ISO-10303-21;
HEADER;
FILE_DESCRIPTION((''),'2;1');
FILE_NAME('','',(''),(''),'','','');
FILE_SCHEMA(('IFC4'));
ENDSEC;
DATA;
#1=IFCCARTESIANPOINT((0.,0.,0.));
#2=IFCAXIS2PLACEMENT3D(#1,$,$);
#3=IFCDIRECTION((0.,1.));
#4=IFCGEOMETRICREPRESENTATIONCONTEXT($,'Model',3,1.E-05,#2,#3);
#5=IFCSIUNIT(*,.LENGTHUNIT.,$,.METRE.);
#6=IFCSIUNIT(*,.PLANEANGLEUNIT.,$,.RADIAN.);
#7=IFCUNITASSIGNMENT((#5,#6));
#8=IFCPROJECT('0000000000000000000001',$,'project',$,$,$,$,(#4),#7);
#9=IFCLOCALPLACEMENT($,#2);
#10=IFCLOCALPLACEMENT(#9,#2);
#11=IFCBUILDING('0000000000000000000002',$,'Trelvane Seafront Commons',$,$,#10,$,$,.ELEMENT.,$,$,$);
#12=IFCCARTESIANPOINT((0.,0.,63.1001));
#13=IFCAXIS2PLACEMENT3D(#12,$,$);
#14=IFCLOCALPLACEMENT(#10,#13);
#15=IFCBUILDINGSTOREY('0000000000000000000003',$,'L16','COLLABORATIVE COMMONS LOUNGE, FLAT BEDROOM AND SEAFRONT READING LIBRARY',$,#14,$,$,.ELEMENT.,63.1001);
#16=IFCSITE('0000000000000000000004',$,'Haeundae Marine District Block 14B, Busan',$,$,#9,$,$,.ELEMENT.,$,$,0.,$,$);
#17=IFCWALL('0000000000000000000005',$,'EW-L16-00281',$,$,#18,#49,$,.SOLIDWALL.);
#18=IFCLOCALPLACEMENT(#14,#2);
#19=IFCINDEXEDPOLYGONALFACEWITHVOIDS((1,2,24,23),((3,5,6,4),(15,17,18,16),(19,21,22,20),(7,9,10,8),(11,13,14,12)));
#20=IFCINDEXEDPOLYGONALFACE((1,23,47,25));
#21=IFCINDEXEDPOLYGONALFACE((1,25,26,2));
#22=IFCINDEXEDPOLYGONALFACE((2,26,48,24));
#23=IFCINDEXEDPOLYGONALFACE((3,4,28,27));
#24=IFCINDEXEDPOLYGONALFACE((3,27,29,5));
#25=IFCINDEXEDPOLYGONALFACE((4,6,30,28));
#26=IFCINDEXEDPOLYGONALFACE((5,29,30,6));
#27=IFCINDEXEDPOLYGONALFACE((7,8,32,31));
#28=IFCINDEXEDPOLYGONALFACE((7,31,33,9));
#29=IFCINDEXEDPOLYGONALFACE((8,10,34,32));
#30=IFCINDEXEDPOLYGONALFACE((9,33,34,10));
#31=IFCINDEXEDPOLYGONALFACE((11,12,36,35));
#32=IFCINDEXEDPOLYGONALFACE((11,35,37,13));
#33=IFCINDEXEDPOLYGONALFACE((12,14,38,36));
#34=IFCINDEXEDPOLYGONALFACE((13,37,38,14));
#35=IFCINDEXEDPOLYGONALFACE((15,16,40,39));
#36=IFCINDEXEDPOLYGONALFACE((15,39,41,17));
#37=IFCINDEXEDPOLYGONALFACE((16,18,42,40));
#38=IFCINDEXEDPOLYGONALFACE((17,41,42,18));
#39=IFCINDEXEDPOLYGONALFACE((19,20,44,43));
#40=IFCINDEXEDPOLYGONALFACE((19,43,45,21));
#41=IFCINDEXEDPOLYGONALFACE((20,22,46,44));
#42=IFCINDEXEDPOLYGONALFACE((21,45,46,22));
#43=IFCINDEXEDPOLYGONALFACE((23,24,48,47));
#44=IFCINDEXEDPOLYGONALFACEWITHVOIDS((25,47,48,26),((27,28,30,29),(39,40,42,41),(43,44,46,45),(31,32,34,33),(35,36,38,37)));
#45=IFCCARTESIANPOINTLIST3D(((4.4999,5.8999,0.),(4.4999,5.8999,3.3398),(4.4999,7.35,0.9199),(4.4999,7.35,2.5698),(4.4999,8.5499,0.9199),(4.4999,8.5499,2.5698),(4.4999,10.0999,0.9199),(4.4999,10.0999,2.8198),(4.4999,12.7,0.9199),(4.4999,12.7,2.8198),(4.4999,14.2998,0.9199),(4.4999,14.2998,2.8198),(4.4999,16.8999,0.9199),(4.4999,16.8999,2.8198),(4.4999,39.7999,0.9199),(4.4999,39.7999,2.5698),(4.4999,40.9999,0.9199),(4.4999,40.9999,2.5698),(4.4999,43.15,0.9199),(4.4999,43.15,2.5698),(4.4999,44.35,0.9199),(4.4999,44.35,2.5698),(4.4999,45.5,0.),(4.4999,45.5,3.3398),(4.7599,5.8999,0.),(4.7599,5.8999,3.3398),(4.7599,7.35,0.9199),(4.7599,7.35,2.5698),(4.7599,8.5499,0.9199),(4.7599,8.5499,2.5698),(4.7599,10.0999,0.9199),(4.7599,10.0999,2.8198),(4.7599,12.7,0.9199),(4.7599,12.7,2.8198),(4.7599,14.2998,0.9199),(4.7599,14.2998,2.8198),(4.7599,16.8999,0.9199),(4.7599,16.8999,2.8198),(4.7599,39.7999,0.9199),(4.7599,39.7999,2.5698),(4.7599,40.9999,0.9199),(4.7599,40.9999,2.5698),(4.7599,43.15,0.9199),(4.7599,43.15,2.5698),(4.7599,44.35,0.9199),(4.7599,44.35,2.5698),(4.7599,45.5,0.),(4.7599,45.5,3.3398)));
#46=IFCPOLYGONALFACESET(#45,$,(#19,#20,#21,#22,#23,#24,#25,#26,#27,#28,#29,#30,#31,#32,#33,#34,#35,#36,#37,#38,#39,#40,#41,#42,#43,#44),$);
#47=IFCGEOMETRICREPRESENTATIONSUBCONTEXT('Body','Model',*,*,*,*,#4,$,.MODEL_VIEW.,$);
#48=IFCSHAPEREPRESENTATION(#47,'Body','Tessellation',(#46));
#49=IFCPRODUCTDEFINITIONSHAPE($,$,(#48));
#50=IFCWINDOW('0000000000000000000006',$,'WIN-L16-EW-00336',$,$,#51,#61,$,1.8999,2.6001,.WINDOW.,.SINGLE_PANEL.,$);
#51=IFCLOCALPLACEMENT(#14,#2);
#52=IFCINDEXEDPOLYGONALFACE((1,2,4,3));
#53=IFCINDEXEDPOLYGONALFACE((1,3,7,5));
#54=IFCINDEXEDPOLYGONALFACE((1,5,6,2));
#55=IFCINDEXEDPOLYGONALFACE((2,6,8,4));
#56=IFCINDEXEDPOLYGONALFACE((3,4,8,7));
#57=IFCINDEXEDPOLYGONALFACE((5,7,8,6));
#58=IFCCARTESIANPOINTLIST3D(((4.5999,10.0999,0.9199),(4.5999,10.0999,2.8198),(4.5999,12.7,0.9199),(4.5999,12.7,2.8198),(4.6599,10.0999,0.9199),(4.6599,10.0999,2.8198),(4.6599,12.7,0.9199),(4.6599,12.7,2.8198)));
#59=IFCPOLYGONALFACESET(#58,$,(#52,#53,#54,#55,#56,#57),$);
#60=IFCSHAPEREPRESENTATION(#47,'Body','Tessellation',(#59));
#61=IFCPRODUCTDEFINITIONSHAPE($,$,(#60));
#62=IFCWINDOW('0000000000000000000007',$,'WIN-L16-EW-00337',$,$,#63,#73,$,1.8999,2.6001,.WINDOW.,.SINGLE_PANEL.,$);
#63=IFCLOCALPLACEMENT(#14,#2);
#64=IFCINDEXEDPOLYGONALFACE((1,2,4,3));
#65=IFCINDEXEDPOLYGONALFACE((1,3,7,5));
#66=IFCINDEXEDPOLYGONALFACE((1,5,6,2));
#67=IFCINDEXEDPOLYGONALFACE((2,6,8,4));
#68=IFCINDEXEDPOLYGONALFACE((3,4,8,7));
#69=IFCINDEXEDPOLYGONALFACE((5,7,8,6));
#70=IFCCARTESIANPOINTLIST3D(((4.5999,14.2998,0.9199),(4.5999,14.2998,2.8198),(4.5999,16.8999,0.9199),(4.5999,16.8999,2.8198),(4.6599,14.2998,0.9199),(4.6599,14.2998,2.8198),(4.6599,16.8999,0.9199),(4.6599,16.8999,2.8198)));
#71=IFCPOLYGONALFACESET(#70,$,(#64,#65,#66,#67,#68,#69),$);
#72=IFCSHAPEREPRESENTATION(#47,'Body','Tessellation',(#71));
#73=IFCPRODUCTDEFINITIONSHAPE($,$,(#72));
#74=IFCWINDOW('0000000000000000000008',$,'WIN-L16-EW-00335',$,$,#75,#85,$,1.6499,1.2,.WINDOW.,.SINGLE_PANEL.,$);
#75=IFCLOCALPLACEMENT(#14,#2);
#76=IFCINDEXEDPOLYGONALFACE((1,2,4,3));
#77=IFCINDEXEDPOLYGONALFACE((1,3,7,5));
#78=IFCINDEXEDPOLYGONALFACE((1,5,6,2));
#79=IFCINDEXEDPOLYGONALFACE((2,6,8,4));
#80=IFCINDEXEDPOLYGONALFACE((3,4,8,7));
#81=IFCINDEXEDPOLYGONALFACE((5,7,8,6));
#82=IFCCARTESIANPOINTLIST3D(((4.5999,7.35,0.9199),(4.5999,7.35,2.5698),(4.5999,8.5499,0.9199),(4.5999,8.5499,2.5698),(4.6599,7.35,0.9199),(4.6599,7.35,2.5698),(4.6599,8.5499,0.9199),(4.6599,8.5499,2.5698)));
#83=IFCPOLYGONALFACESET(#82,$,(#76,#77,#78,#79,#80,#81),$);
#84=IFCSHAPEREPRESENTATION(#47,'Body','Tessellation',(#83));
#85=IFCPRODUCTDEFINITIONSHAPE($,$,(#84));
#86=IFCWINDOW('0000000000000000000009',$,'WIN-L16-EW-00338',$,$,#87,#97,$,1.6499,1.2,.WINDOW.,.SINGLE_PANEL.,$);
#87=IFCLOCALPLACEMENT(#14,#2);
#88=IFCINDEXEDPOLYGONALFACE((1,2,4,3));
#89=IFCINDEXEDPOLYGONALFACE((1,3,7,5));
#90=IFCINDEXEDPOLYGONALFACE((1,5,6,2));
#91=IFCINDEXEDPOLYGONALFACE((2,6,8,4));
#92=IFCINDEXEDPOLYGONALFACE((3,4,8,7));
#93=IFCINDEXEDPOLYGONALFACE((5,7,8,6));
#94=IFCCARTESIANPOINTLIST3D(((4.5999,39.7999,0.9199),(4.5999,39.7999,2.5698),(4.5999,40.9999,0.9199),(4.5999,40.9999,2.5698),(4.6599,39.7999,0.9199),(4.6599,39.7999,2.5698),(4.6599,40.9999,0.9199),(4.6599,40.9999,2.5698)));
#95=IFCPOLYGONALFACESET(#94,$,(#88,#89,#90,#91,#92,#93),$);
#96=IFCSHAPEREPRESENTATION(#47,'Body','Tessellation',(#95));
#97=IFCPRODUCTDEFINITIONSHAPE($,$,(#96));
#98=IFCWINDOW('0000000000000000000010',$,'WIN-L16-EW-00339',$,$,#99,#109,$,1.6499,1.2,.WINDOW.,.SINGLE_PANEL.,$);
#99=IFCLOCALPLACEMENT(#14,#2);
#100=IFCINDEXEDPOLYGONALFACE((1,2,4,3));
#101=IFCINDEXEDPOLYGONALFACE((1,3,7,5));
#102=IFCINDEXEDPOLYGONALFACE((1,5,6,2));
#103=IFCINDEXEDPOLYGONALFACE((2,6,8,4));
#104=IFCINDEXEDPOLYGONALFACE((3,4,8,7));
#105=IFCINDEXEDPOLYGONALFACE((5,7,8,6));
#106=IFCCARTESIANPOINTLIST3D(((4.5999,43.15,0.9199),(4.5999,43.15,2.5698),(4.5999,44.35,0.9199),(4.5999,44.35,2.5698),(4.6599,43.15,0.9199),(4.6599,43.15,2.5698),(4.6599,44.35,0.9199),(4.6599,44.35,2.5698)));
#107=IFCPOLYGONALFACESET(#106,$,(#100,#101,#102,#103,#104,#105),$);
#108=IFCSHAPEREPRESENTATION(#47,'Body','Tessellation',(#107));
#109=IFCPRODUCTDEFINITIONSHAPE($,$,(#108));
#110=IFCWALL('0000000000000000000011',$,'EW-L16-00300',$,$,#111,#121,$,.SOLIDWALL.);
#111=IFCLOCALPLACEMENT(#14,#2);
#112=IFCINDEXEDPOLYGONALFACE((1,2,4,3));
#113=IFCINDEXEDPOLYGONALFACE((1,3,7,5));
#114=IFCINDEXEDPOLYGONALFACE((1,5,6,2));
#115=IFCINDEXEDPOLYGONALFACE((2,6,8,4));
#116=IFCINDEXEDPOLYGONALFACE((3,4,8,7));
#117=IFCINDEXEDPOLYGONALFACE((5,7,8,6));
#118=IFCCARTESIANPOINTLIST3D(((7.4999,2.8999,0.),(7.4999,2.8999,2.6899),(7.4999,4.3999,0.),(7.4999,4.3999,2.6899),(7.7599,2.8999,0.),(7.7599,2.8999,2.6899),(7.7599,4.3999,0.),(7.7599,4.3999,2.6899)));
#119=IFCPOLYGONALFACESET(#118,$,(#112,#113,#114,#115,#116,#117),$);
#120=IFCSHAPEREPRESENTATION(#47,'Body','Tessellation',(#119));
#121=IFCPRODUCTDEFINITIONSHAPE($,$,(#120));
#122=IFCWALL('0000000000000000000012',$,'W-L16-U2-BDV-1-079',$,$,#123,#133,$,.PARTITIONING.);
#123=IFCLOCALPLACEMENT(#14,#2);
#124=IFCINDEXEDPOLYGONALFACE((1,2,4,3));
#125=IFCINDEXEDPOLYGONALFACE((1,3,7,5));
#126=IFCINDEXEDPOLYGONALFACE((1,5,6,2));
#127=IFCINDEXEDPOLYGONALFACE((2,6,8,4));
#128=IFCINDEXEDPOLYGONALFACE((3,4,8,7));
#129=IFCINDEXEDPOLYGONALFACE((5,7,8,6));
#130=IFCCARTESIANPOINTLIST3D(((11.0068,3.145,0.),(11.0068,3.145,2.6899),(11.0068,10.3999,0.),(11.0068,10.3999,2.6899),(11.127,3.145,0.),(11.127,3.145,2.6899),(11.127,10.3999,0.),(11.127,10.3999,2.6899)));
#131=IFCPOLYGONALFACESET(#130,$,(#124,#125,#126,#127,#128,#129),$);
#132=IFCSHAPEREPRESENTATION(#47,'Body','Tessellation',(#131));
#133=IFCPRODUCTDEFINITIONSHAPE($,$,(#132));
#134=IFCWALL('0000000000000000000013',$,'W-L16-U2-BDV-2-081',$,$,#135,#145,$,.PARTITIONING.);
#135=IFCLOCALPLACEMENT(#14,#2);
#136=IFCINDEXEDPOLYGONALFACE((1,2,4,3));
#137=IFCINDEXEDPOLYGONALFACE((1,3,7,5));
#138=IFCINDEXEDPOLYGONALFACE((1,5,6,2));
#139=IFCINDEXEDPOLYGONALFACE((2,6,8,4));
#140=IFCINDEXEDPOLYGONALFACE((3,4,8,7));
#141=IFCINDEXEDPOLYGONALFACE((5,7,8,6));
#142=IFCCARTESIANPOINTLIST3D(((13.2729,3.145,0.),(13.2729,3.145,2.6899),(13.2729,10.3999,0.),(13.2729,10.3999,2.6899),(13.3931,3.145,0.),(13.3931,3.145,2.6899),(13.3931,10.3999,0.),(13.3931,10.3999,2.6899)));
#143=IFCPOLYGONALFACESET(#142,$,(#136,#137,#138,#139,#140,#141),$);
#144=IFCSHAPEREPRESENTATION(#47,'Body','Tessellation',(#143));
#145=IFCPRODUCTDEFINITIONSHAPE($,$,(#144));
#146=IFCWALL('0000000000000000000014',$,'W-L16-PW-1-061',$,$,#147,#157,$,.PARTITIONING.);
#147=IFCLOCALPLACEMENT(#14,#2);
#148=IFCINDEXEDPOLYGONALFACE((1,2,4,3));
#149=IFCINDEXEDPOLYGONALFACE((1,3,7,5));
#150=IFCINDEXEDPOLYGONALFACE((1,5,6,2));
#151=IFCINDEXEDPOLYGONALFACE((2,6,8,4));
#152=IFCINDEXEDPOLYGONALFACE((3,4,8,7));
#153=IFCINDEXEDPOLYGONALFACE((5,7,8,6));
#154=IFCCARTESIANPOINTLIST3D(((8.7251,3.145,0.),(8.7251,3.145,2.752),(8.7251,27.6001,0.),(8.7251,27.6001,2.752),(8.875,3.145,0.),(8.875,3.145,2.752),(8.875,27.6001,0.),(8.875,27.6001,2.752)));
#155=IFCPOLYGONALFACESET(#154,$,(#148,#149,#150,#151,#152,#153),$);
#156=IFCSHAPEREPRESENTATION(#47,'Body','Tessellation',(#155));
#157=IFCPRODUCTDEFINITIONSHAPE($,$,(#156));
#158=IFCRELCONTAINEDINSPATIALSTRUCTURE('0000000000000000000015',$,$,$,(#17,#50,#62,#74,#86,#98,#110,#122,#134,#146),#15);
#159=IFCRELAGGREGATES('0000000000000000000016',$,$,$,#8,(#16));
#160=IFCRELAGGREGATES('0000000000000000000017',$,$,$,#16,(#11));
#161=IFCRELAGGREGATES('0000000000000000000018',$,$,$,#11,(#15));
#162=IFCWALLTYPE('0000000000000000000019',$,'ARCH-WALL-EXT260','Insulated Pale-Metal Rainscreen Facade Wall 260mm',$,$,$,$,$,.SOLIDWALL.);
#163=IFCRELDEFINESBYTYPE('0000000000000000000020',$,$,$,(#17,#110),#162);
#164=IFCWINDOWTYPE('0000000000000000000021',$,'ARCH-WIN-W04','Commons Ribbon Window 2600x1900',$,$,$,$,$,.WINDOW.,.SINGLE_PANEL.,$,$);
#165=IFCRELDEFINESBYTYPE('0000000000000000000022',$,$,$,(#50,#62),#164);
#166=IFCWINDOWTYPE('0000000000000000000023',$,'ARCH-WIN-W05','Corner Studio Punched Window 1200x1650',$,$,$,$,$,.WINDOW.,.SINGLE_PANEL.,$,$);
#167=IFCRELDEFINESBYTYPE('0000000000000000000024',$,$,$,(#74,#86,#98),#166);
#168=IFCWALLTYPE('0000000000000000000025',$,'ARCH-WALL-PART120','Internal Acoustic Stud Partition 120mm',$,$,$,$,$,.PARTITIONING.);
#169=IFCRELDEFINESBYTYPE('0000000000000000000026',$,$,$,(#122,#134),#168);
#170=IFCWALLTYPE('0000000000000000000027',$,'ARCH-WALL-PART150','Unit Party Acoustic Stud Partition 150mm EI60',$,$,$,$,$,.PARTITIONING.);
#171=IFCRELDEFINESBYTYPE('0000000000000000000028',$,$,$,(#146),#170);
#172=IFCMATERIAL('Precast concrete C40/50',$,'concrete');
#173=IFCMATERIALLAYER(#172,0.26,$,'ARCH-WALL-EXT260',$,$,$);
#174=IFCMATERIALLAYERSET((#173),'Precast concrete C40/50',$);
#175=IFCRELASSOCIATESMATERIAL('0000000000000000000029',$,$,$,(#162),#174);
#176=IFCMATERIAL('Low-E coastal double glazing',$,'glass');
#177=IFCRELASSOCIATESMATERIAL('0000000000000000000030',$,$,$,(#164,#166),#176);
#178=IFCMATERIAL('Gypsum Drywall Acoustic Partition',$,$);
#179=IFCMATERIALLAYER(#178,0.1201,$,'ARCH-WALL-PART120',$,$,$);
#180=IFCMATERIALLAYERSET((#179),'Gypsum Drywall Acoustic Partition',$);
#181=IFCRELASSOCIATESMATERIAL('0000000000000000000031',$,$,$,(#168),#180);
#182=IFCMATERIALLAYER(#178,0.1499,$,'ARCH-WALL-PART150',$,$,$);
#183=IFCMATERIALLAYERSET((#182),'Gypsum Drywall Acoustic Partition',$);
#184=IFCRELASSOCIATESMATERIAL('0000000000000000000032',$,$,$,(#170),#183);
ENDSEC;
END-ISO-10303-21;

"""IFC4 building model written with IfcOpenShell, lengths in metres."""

from ifc_helpers import new_model, si_unit, direction, frame, frame_2d, origin, place, context, subcontext, project, spatial, rectangle, extrude, source, transform, mapped, material, layer, layer_set, type_object, element, fill, save


model = new_model("IFC4")

# Units and contexts
model_context = context("Model", 3, precision=1e-05, world=origin(), true_north=direction((0.0, 1.0)))
body_context = subcontext(model_context, "Body", "Model", "MODEL_VIEW")
ifc_project = project(units=[si_unit("LENGTHUNIT", "METRE"), si_unit("PLANEANGLEUNIT", "RADIAN")], contexts=[model_context])

# Site, building, storey
site_placement = place(None, origin())
site = spatial("IfcSite", under=ifc_project, at=site_placement, Name="Haeundae Marine District Block 14B, Busan", CompositionType="ELEMENT", RefElevation=0.0)
building_placement = place(site_placement, origin())
building = spatial("IfcBuilding", under=site, at=building_placement, Name="Trelvane Seafront Commons", CompositionType="ELEMENT")
storey_placement = place(building_placement, frame((0.0, 0.0, 63.1001)))
storey = spatial("IfcBuildingStorey", under=building, at=storey_placement, Name="L16", Description="COLLABORATIVE COMMONS LOUNGE, FLAT BEDROOM AND SEAFRONT READING LIBRARY", CompositionType="ELEMENT", Elevation=63.1001)

# Shared definitions
ifc_material_1 = material(Name="Precast concrete C40/50", Category="concrete")
ifc_layer_1 = layer(ifc_material_1, 0.26, Name="ARCH-WALL-EXT260")
ifc_layer_set_1 = layer_set([ifc_layer_1], Name="Precast concrete C40/50")
wall_type_1 = type_object("IfcWallType", Name="ARCH-WALL-EXT260", Description="Insulated Pale-Metal Rainscreen Facade Wall 260mm", PredefinedType="SOLIDWALL", material=ifc_layer_set_1)

# Wall, openings, windows
wall_1_placement = place(storey_placement, frame((4.6299, 5.8999, 0.0), z_axis=(0.0, 0.0, 1.0), x_axis=(0.0, 1.0, 0.0)))
wall_1 = element("IfcWall", 1, at=wall_1_placement, inside=storey, type_object=wall_type_1, Name="EW-L16-00281", PredefinedType="SOLIDWALL", context=body_context, shape_type="SweptSolid", body=[
    extrude(rectangle(XDim=39.6001, YDim=0.26, at=frame_2d((19.8, 0.0))), origin(), (0.0, 0.0, 1.0), 3.3398),
])
opening_1_placement = place(wall_1_placement, frame((1.45, 0.0, 0.9199)))
opening_1 = element("IfcOpeningElement", 2, at=opening_1_placement, cuts=wall_1, PredefinedType="OPENING", context=body_context, shape_type="SweptSolid", body=[
    extrude(rectangle(XDim=1.2, YDim=1.6499, at=frame_2d((0.6001, 0.825))), frame((0.0, 0.1399, 0.0), z_axis=(0.0, -1.0, 0.0), x_axis=(1.0, 0.0, 0.0)), (0.0, 0.0, 1.0), 0.28),
])
opening_2_placement = place(wall_1_placement, frame((4.2, 0.0, 0.9199)))
opening_2 = element("IfcOpeningElement", 3, at=opening_2_placement, cuts=wall_1, PredefinedType="OPENING", context=body_context, shape_type="SweptSolid", body=[
    extrude(rectangle(XDim=2.6001, YDim=1.8999, at=frame_2d((1.3, 0.95))), frame((0.0, 0.1399, 0.0), z_axis=(0.0, -1.0, 0.0), x_axis=(1.0, 0.0, 0.0)), (0.0, 0.0, 1.0), 0.28),
])
opening_3_placement = place(wall_1_placement, frame((8.3999, 0.0, 0.9199)))
opening_3 = element("IfcOpeningElement", 4, at=opening_3_placement, cuts=wall_1, PredefinedType="OPENING", context=body_context, shape_type="SweptSolid", body=[
    extrude(rectangle(XDim=2.6001, YDim=1.8999, at=frame_2d((1.3, 0.95))), frame((0.0, 0.1399, 0.0), z_axis=(0.0, -1.0, 0.0), x_axis=(1.0, 0.0, 0.0)), (0.0, 0.0, 1.0), 0.28),
])
opening_4_placement = place(wall_1_placement, frame((33.8999, 0.0, 0.9199)))
opening_4 = element("IfcOpeningElement", 5, at=opening_4_placement, cuts=wall_1, PredefinedType="OPENING", context=body_context, shape_type="SweptSolid", body=[
    extrude(rectangle(XDim=1.2, YDim=1.6499, at=frame_2d((0.6001, 0.825))), frame((0.0, 0.1399, 0.0), z_axis=(0.0, -1.0, 0.0), x_axis=(1.0, 0.0, 0.0)), (0.0, 0.0, 1.0), 0.28),
])
opening_5_placement = place(wall_1_placement, frame((37.25, 0.0, 0.9199)))
opening_5 = element("IfcOpeningElement", 6, at=opening_5_placement, cuts=wall_1, PredefinedType="OPENING", context=body_context, shape_type="SweptSolid", body=[
    extrude(rectangle(XDim=1.2, YDim=1.6499, at=frame_2d((0.6001, 0.825))), frame((0.0, 0.1399, 0.0), z_axis=(0.0, -1.0, 0.0), x_axis=(1.0, 0.0, 0.0)), (0.0, 0.0, 1.0), 0.28),
])
ifc_material_2 = material(Name="Low-E coastal double glazing", Category="glass")
window_type_1 = type_object("IfcWindowType", Name="ARCH-WIN-W04", Description="Commons Ribbon Window 2600x1900", PartitioningType="SINGLE_PANEL", PredefinedType="WINDOW", material=ifc_material_2)
shared_shape_1 = source(origin(), body_context, "Body", "SweptSolid", [
    extrude(rectangle(XDim=2.6001, YDim=1.8999, at=frame_2d((1.3, 0.95))), frame((0.0, 0.03, 0.0), z_axis=(0.0, -1.0, 0.0), x_axis=(1.0, 0.0, 0.0)), (0.0, 0.0, 1.0), 0.0601),
])
window_1_placement = place(opening_2_placement, origin())
window_1 = element("IfcWindow", 7, at=window_1_placement, inside=storey, type_object=window_type_1, Name="WIN-L16-EW-00336", OverallHeight=1.8999, OverallWidth=2.6001, PartitioningType="SINGLE_PANEL", PredefinedType="WINDOW", context=body_context, shape_type="MappedRepresentation", body=[
    mapped(shared_shape_1, transform((0.0, 0.0, 0.0), x_axis=(1.0, 0.0, 0.0), y_axis=(0.0, 1.0, 0.0), z_axis=(0.0, 0.0, 1.0), scale=1.0)),
])
fill(opening_2, window_1)
window_2_placement = place(opening_3_placement, origin())
window_2 = element("IfcWindow", 8, at=window_2_placement, inside=storey, type_object=window_type_1, Name="WIN-L16-EW-00337", OverallHeight=1.8999, OverallWidth=2.6001, PartitioningType="SINGLE_PANEL", PredefinedType="WINDOW", context=body_context, shape_type="MappedRepresentation", body=[
    mapped(shared_shape_1, transform((0.0, 0.0, 0.0), x_axis=(1.0, 0.0, 0.0), y_axis=(0.0, 1.0, 0.0), z_axis=(0.0, 0.0, 1.0), scale=1.0)),
])
fill(opening_3, window_2)
window_type_2 = type_object("IfcWindowType", Name="ARCH-WIN-W05", Description="Corner Studio Punched Window 1200x1650", PartitioningType="SINGLE_PANEL", PredefinedType="WINDOW", material=ifc_material_2)
shared_shape_2 = source(origin(), body_context, "Body", "SweptSolid", [
    extrude(rectangle(XDim=1.2, YDim=1.6499, at=frame_2d((0.6001, 0.825))), frame((0.0, 0.03, 0.0), z_axis=(0.0, -1.0, 0.0), x_axis=(1.0, 0.0, 0.0)), (0.0, 0.0, 1.0), 0.0601),
])
window_3_placement = place(opening_1_placement, origin())
window_3 = element("IfcWindow", 9, at=window_3_placement, inside=storey, type_object=window_type_2, Name="WIN-L16-EW-00335", OverallHeight=1.6499, OverallWidth=1.2, PartitioningType="SINGLE_PANEL", PredefinedType="WINDOW", context=body_context, shape_type="MappedRepresentation", body=[
    mapped(shared_shape_2, transform((0.0, 0.0, 0.0), x_axis=(1.0, 0.0, 0.0), y_axis=(0.0, 1.0, 0.0), z_axis=(0.0, 0.0, 1.0), scale=1.0)),
])
fill(opening_1, window_3)
window_4_placement = place(opening_4_placement, origin())
window_4 = element("IfcWindow", 10, at=window_4_placement, inside=storey, type_object=window_type_2, Name="WIN-L16-EW-00338", OverallHeight=1.6499, OverallWidth=1.2, PartitioningType="SINGLE_PANEL", PredefinedType="WINDOW", context=body_context, shape_type="MappedRepresentation", body=[
    mapped(shared_shape_2, transform((0.0, 0.0, 0.0), x_axis=(1.0, 0.0, 0.0), y_axis=(0.0, 1.0, 0.0), z_axis=(0.0, 0.0, 1.0), scale=1.0)),
])
fill(opening_4, window_4)
window_5_placement = place(opening_5_placement, origin())
window_5 = element("IfcWindow", 11, at=window_5_placement, inside=storey, type_object=window_type_2, Name="WIN-L16-EW-00339", OverallHeight=1.6499, OverallWidth=1.2, PartitioningType="SINGLE_PANEL", PredefinedType="WINDOW", context=body_context, shape_type="MappedRepresentation", body=[
    mapped(shared_shape_2, transform((0.0, 0.0, 0.0), x_axis=(1.0, 0.0, 0.0), y_axis=(0.0, 1.0, 0.0), z_axis=(0.0, 0.0, 1.0), scale=1.0)),
])
fill(opening_5, window_5)

# Walls
wall_2_placement = place(storey_placement, frame((7.6299, 2.8999, 0.0), z_axis=(0.0, 0.0, 1.0), x_axis=(0.0, 1.0, 0.0)))
element("IfcWall", 12, at=wall_2_placement, inside=storey, type_object=wall_type_1, Name="EW-L16-00300", PredefinedType="SOLIDWALL", context=body_context, shape_type="SweptSolid", body=[
    extrude(rectangle(XDim=1.5, YDim=0.26, at=frame_2d((0.75, 0.0))), origin(), (0.0, 0.0, 1.0), 2.6899),
])
ifc_material_3 = material(Name="Gypsum Drywall Acoustic Partition")
ifc_layer_2 = layer(ifc_material_3, 0.1201, Name="ARCH-WALL-PART120")
ifc_layer_set_2 = layer_set([ifc_layer_2], Name="Gypsum Drywall Acoustic Partition")
wall_type_2 = type_object("IfcWallType", Name="ARCH-WALL-PART120", Description="Internal Acoustic Stud Partition 120mm", PredefinedType="PARTITIONING", material=ifc_layer_set_2)
for number, where, z_axis, x_axis, name in (
    (13, (11.0669, 3.145, 0.0), (0.0, 0.0, 1.0), (0.0, 1.0, 0.0), "W-L16-U2-BDV-1-079"),
    (14, (13.333, 3.145, 0.0), (0.0, 0.0, 1.0), (0.0, 1.0, 0.0), "W-L16-U2-BDV-2-081"),
):
    element("IfcWall", number, at=place(storey_placement, frame(where, z_axis=z_axis, x_axis=x_axis)), inside=storey, type_object=wall_type_2, Name=name, PredefinedType="PARTITIONING", context=body_context, shape_type="SweptSolid", body=[
        extrude(rectangle(XDim=7.2549, YDim=0.1201, at=frame_2d((3.6274, 0.0))), origin(), (0.0, 0.0, 1.0), 2.6899),
    ])
ifc_layer_3 = layer(ifc_material_3, 0.1499, Name="ARCH-WALL-PART150")
ifc_layer_set_3 = layer_set([ifc_layer_3], Name="Gypsum Drywall Acoustic Partition")
wall_type_3 = type_object("IfcWallType", Name="ARCH-WALL-PART150", Description="Unit Party Acoustic Stud Partition 150mm EI60", PredefinedType="PARTITIONING", material=ifc_layer_set_3)
wall_3_placement = place(storey_placement, frame((8.8, 3.145, 0.0), z_axis=(0.0, 0.0, 1.0), x_axis=(0.0, 1.0, 0.0)))
element("IfcWall", 15, at=wall_3_placement, inside=storey, type_object=wall_type_3, Name="W-L16-PW-1-061", PredefinedType="PARTITIONING", context=body_context, shape_type="SweptSolid", body=[
    extrude(rectangle(XDim=24.4551, YDim=0.1499, at=frame_2d((12.2275, 0.0))), origin(), (0.0, 0.0, 1.0), 2.752),
])

save(model, "model.ifc")
